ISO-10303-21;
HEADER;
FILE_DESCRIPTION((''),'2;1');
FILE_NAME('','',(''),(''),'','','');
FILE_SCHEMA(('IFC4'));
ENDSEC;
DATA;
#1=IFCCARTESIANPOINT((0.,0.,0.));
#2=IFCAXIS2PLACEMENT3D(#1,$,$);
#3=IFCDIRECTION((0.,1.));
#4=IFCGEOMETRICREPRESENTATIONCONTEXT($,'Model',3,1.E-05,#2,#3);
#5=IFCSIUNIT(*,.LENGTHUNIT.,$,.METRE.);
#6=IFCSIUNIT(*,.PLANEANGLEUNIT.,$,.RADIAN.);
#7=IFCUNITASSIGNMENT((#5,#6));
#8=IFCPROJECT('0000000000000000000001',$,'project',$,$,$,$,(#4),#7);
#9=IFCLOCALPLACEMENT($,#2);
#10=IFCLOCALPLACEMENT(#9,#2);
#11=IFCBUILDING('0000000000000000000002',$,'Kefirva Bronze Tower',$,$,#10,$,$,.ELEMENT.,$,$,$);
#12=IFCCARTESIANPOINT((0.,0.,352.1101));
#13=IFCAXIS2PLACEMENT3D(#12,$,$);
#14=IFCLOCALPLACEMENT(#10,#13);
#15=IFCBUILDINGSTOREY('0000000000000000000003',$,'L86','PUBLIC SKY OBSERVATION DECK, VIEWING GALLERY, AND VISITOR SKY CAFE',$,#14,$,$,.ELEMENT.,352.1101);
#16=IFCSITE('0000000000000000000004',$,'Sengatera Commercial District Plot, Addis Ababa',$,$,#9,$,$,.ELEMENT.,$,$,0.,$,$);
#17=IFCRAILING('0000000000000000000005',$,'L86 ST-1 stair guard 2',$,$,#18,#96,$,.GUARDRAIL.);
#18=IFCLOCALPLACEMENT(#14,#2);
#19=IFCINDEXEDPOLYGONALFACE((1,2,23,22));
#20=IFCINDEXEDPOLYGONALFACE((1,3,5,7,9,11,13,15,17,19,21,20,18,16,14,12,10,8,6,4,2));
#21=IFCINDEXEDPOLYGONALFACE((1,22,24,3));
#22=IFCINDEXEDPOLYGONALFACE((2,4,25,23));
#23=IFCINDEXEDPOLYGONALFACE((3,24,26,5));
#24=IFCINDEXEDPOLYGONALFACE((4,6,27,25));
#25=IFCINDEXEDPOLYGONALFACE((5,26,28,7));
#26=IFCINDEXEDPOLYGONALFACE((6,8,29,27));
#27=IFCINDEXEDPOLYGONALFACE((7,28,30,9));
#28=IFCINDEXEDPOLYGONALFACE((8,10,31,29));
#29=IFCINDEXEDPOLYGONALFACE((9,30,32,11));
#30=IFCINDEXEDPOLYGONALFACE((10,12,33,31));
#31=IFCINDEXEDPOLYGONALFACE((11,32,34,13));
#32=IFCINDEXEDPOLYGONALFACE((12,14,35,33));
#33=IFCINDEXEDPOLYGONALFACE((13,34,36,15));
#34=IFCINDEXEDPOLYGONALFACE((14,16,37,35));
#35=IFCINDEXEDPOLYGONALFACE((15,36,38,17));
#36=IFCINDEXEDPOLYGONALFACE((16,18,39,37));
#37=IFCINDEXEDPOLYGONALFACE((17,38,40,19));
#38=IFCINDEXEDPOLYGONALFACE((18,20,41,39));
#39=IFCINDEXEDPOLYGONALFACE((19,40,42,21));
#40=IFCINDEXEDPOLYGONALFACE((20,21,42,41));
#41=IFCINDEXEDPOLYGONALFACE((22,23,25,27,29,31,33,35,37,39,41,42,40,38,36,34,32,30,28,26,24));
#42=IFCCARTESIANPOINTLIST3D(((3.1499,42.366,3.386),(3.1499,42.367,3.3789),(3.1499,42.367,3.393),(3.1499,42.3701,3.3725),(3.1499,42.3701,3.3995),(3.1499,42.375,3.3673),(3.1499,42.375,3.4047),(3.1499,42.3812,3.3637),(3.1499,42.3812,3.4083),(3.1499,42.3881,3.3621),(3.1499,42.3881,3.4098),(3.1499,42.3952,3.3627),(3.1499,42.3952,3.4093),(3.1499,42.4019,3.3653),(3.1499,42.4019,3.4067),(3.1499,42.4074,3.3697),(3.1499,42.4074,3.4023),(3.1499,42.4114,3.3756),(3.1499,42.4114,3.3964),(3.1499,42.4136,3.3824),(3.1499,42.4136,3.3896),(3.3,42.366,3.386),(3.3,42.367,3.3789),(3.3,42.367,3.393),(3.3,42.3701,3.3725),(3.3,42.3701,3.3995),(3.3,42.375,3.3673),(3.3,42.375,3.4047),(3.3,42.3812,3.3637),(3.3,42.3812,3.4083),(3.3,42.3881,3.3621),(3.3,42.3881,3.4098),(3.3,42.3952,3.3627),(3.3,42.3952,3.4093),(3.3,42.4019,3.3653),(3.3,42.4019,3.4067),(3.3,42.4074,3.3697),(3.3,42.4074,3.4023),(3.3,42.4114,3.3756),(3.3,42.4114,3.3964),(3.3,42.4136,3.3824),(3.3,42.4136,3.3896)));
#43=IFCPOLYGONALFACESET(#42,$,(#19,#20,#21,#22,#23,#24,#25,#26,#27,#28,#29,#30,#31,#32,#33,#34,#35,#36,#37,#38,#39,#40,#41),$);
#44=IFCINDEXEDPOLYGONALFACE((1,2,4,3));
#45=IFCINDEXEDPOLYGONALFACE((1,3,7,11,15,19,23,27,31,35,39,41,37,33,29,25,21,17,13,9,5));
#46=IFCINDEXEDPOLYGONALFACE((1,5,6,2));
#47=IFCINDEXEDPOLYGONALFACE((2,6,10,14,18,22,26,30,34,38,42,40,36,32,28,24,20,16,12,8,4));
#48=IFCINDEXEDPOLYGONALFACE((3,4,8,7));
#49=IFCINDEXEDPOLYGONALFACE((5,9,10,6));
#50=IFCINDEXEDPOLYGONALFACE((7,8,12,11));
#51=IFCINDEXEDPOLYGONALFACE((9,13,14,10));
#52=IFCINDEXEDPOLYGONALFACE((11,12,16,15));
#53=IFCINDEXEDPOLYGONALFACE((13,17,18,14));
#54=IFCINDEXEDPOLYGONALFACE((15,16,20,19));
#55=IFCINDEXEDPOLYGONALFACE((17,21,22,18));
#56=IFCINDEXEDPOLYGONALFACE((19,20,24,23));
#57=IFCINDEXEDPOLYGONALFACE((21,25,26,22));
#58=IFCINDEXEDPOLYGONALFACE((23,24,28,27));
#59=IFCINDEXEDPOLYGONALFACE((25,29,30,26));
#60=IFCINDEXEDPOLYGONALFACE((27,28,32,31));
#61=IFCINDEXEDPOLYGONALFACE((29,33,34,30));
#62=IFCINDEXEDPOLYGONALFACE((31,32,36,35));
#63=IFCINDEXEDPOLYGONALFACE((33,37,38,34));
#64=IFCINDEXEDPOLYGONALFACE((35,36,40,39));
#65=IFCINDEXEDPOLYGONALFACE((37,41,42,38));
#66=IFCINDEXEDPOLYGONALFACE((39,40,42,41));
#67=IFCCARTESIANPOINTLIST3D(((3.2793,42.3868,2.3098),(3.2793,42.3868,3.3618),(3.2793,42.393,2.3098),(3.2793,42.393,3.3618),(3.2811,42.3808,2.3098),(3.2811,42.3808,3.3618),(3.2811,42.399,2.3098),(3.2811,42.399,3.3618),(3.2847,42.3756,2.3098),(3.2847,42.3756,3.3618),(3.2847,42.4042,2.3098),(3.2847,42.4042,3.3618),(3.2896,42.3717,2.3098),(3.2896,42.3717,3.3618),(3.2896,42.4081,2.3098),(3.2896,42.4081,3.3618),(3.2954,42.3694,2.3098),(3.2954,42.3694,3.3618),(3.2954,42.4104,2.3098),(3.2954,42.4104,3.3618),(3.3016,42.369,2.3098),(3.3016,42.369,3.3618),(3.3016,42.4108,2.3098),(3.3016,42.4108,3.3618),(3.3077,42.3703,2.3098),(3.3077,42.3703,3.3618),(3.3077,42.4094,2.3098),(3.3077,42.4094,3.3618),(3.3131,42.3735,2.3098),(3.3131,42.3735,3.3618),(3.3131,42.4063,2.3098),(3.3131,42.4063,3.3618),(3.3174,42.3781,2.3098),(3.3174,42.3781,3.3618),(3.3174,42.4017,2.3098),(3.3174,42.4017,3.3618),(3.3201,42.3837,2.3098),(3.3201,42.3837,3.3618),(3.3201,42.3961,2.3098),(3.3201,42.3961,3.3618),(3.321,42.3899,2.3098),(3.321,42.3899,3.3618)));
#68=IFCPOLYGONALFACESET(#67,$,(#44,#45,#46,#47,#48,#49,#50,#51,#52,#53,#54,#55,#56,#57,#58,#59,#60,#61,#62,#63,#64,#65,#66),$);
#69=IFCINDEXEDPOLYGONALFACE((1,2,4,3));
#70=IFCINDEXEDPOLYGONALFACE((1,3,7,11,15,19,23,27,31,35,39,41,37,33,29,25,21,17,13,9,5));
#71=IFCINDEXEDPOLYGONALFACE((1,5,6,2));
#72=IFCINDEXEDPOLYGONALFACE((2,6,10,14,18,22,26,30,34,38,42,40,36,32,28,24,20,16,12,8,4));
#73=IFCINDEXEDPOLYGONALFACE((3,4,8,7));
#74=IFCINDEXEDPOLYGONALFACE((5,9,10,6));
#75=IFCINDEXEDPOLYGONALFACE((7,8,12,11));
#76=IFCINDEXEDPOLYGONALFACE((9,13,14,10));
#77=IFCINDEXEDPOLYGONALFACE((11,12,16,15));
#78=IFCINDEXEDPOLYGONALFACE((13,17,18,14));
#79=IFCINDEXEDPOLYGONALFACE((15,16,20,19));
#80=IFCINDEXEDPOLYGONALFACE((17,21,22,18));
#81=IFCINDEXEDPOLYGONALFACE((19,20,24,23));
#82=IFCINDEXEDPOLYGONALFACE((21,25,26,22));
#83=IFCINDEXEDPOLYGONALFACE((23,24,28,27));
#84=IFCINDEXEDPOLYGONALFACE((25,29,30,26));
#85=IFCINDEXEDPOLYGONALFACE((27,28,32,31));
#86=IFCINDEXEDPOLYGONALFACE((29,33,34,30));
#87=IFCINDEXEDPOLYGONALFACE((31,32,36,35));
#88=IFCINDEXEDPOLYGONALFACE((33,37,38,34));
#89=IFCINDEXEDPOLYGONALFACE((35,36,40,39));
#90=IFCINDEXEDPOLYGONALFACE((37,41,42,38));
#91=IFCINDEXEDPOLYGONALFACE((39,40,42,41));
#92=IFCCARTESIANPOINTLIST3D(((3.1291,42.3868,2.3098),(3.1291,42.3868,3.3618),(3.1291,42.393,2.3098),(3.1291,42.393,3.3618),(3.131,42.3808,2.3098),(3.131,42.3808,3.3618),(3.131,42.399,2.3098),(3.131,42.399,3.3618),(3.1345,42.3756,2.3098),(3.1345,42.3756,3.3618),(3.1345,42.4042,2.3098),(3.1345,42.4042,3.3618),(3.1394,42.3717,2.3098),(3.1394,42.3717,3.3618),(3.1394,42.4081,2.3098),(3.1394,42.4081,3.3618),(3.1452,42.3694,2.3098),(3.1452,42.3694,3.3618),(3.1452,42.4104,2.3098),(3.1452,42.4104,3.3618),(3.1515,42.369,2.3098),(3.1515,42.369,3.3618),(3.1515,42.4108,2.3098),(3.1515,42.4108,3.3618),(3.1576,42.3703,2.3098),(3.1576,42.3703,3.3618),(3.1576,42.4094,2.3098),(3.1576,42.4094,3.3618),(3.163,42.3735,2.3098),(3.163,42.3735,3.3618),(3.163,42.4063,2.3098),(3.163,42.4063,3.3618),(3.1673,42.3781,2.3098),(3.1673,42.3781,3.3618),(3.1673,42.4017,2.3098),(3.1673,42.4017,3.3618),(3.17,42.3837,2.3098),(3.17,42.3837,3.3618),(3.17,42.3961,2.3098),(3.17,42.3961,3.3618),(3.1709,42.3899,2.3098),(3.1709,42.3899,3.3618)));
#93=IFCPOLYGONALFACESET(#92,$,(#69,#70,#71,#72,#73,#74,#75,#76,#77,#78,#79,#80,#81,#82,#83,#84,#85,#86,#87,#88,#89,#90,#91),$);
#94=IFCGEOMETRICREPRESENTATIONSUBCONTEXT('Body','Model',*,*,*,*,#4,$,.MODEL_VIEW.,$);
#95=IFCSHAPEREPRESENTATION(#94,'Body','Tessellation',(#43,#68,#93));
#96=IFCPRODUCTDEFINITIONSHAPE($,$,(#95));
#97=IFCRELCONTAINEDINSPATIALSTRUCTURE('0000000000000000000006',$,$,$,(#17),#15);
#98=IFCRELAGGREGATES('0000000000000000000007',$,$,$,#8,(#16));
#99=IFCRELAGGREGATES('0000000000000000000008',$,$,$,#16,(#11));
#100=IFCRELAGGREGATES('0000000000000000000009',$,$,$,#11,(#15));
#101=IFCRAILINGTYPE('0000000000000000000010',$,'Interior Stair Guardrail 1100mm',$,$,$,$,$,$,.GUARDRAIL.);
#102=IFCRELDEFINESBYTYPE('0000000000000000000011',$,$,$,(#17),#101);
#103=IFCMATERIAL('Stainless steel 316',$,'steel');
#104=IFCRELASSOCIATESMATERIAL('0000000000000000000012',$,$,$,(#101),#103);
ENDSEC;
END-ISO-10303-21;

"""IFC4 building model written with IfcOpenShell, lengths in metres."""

from ifc_helpers import new_model, si_unit, direction, frame, origin, origin_2d, place, context, subcontext, project, spatial, circle, extrude, material, type_object, element, save


model = new_model("IFC4")

# Units and contexts
model_context = context("Model", 3, precision=1e-05, world=origin(), true_north=direction((0.0, 1.0)))
body_context = subcontext(model_context, "Body", "Model", "MODEL_VIEW")
ifc_project = project(units=[si_unit("LENGTHUNIT", "METRE"), si_unit("PLANEANGLEUNIT", "RADIAN")], contexts=[model_context])

# Site, building, storey
site_placement = place(None, origin())
site = spatial("IfcSite", under=ifc_project, at=site_placement, Name="Sengatera Commercial District Plot, Addis Ababa", CompositionType="ELEMENT", RefElevation=0.0)
building_placement = place(site_placement, origin())
building = spatial("IfcBuilding", under=site, at=building_placement, Name="Kefirva Bronze Tower", CompositionType="ELEMENT")
storey_placement = place(building_placement, frame((0.0, 0.0, 352.1101)))
storey = spatial("IfcBuildingStorey", under=building, at=storey_placement, Name="L86", Description="PUBLIC SKY OBSERVATION DECK, VIEWING GALLERY, AND VISITOR SKY CAFE", CompositionType="ELEMENT", Elevation=352.1101)

# Railing
ifc_material_1 = material(Name="Stainless steel 316", Category="steel")
railing_type_1 = type_object("IfcRailingType", Name="Interior Stair Guardrail 1100mm", PredefinedType="GUARDRAIL", material=ifc_material_1)
railing_1_placement = place(storey_placement, frame((3.3, 42.3899, 2.3098)))
element("IfcRailing", 1, at=railing_1_placement, inside=storey, type_object=railing_type_1, Name="L86 ST-1 stair guard 2", PredefinedType="GUARDRAIL", context=body_context, shape_type="SweptSolid", body=[
    extrude(circle(Radius=0.0239, at=origin_2d()), frame((0.0, 0.0, 1.0762), z_axis=(-1.0, 0.0, 0.0), x_axis=(0.0, -1.0, 0.0)), (0.0, 0.0, 1.0), 0.1501),
    extrude(circle(Radius=0.021, at=origin_2d()), origin(), (0.0, 0.0, 1.0), 1.052),
    extrude(circle(Radius=0.021, at=origin_2d()), frame((-0.1501, 0.0, 0.0)), (0.0, 0.0, 1.0), 1.052),
])

save(model, "model.ifc")
